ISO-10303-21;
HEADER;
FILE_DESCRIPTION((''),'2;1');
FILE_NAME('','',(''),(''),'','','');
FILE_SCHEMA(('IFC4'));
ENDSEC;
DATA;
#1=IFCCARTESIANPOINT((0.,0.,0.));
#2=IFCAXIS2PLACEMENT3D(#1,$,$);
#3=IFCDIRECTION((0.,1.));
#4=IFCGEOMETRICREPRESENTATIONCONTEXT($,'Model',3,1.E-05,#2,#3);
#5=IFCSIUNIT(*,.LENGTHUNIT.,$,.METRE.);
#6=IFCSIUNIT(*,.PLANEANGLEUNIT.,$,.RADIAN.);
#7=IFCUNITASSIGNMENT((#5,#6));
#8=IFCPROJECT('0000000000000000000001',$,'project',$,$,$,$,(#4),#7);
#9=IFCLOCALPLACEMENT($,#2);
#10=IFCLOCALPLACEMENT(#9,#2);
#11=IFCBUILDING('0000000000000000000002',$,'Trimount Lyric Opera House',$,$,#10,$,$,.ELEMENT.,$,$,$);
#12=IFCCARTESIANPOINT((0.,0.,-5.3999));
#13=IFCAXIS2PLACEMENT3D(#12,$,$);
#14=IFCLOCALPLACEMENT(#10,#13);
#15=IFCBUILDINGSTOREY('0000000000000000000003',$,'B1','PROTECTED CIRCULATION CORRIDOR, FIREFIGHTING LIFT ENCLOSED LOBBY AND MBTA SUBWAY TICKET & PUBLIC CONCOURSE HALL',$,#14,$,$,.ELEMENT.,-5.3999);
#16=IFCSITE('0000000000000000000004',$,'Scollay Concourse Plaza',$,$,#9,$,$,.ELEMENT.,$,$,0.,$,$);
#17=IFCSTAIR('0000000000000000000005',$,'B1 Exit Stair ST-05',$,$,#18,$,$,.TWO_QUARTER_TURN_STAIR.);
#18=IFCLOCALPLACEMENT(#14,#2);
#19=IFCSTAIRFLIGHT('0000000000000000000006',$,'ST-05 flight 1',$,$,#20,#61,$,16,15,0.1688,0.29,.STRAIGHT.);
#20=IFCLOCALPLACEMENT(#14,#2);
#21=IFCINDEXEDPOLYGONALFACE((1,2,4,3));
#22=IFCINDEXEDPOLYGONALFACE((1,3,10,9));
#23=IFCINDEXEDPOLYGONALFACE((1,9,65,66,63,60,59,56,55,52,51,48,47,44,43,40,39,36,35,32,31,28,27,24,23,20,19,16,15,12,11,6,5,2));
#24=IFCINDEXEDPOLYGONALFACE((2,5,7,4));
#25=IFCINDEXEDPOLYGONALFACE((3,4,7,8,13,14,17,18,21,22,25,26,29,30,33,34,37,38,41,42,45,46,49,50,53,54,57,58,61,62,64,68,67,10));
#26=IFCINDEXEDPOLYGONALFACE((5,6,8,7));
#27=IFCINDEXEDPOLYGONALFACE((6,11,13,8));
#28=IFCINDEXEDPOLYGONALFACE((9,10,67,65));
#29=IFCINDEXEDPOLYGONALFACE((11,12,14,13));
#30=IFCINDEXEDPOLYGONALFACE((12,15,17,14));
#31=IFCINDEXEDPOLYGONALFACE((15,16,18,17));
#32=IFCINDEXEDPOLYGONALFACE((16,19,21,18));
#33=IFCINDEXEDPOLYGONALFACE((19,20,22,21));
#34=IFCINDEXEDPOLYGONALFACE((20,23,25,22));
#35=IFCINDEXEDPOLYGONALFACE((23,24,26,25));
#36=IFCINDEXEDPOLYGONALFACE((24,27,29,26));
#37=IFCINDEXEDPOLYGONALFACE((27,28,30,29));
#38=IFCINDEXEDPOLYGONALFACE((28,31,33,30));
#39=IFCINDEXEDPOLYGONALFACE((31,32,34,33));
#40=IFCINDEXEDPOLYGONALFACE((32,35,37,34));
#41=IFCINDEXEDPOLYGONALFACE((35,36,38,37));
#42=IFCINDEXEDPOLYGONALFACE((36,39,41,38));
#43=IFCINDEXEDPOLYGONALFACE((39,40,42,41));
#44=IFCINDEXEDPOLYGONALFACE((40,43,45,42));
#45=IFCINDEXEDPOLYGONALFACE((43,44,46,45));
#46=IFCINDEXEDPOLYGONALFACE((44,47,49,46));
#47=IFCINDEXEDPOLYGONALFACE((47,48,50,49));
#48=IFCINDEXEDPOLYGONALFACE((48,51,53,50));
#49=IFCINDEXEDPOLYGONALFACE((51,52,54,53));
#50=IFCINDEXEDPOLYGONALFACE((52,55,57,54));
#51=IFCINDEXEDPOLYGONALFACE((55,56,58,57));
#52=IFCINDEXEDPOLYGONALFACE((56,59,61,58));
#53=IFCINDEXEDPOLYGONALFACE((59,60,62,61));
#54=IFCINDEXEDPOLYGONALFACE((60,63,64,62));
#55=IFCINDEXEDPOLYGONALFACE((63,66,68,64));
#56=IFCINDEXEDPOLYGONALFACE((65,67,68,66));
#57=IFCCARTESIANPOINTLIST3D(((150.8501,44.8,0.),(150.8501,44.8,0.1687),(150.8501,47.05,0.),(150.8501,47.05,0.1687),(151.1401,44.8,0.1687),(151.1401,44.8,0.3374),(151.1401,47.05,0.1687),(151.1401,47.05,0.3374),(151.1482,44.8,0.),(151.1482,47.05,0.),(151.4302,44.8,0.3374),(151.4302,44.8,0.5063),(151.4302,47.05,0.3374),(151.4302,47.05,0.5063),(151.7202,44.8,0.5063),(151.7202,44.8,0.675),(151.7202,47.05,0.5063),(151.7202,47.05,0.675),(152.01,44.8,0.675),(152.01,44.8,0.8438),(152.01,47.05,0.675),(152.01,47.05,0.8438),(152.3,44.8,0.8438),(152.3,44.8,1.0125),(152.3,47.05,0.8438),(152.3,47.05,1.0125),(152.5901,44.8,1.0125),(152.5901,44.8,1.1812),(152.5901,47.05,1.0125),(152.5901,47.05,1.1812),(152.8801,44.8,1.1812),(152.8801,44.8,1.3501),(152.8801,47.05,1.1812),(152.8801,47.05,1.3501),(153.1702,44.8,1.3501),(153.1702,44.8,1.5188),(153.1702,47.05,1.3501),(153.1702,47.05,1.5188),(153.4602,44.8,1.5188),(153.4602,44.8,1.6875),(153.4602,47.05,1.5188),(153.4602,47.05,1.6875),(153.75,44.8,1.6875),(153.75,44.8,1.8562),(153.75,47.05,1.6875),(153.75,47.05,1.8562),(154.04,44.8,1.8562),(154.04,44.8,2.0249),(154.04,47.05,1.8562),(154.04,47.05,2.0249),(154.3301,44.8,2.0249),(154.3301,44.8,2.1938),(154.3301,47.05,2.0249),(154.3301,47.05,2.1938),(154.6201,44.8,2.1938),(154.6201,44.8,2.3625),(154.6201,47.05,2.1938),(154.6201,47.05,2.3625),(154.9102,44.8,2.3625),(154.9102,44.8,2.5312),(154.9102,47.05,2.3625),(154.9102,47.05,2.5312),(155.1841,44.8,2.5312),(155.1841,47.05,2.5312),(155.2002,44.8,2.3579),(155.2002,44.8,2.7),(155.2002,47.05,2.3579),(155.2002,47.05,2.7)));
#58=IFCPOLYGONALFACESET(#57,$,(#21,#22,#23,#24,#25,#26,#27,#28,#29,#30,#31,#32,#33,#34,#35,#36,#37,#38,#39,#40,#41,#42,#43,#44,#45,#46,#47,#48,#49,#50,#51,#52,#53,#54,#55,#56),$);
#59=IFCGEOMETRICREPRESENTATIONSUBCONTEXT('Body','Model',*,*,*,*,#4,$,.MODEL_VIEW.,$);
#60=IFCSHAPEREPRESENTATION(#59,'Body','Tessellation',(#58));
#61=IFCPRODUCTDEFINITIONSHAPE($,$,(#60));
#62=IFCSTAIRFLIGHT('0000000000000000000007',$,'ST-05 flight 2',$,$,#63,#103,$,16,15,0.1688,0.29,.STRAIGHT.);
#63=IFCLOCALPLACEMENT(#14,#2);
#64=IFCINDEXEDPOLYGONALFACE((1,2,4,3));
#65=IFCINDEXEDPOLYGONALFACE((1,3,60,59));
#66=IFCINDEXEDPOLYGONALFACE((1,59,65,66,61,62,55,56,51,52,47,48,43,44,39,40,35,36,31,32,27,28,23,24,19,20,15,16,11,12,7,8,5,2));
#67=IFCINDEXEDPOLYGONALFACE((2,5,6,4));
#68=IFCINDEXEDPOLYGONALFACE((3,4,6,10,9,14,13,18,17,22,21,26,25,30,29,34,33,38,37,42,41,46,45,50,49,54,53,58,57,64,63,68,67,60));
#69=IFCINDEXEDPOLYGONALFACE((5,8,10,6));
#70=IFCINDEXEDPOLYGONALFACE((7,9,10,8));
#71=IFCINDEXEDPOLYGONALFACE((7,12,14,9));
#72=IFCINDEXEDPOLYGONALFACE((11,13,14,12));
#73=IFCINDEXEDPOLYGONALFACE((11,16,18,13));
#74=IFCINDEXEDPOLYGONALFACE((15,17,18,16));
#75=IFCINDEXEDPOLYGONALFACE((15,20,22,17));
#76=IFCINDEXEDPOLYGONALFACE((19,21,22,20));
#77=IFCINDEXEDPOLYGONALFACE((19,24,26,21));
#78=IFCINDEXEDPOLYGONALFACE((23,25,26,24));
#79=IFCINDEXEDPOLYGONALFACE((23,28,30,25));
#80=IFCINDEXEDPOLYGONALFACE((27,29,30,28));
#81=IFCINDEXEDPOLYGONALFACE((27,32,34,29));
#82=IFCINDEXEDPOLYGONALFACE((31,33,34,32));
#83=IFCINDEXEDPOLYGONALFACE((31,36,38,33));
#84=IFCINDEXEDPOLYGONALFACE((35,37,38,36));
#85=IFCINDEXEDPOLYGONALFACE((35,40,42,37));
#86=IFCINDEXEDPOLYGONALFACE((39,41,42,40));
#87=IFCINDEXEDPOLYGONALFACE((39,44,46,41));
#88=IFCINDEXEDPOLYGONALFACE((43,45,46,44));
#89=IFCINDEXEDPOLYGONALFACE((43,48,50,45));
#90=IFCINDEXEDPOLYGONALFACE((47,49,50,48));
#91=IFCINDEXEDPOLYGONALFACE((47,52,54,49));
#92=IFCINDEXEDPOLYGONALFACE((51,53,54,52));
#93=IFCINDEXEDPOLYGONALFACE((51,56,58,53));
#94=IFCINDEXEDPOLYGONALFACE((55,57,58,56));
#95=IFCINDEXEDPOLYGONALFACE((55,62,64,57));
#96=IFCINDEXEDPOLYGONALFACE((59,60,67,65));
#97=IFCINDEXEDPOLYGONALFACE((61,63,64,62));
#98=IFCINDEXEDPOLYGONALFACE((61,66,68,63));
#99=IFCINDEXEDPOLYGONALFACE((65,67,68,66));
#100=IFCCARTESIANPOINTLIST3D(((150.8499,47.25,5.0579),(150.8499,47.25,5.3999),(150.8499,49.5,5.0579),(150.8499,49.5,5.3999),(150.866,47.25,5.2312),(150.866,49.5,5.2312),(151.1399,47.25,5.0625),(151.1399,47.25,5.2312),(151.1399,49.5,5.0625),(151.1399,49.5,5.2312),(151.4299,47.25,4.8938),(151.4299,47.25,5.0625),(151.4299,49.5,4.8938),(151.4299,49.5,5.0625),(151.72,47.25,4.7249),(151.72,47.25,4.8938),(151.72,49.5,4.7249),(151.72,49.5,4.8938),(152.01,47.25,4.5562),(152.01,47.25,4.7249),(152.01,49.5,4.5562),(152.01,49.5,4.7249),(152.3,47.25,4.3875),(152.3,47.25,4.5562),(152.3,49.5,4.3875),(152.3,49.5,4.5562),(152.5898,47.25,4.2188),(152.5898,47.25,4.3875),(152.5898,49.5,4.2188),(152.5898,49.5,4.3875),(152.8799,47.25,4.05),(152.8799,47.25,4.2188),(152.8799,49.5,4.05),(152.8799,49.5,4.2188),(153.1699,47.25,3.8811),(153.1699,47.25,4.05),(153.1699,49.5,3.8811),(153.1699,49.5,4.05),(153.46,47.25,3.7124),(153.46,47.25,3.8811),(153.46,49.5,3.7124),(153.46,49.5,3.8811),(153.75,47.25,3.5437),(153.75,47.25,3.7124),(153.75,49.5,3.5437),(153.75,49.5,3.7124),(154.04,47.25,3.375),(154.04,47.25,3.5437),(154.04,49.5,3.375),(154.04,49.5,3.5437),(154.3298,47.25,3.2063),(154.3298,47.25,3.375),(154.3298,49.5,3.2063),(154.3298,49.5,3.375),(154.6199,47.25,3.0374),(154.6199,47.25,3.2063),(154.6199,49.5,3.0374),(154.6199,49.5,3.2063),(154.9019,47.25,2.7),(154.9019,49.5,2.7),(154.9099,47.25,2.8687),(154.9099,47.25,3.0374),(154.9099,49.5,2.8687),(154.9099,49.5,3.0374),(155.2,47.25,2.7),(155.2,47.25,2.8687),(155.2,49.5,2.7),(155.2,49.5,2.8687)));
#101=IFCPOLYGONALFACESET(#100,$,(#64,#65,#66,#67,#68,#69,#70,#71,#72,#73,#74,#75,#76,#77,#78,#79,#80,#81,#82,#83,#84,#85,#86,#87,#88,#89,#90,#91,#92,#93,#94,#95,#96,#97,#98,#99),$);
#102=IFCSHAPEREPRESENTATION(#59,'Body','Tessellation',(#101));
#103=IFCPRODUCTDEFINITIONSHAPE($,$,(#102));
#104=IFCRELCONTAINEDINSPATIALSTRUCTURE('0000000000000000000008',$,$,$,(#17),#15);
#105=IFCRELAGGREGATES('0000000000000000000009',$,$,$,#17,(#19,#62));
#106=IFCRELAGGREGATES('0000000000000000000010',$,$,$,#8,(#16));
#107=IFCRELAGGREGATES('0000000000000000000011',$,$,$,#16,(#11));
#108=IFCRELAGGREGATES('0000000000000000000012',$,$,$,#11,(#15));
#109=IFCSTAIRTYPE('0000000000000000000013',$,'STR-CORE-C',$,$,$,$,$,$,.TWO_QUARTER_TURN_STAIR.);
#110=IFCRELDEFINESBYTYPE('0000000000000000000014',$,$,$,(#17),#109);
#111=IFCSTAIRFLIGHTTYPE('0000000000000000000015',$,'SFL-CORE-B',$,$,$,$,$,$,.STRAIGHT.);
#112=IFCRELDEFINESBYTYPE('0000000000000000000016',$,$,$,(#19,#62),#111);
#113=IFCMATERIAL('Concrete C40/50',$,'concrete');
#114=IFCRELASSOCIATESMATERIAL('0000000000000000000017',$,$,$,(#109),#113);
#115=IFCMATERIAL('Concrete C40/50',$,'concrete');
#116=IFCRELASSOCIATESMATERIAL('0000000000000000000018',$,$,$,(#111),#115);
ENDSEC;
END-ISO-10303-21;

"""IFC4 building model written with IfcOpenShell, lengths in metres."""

from ifc_helpers import new_model, si_unit, direction, frame, origin, place, context, subcontext, project, spatial, polyline, outline, extrude, material, type_object, element, aggregate, save


model = new_model("IFC4")

# Units and contexts
model_context = context("Model", 3, precision=1e-05, world=origin(), true_north=direction((0.0, 1.0)))
body_context = subcontext(model_context, "Body", "Model", "MODEL_VIEW")
ifc_project = project(units=[si_unit("LENGTHUNIT", "METRE"), si_unit("PLANEANGLEUNIT", "RADIAN")], contexts=[model_context])

# Site, building, storey
site_placement = place(None, origin())
site = spatial("IfcSite", under=ifc_project, at=site_placement, Name="Scollay Concourse Plaza", CompositionType="ELEMENT", RefElevation=0.0)
building_placement = place(site_placement, origin())
building = spatial("IfcBuilding", under=site, at=building_placement, Name="Trimount Lyric Opera House", CompositionType="ELEMENT")
storey_placement = place(building_placement, frame((0.0, 0.0, -5.3999)))
storey = spatial("IfcBuildingStorey", under=building, at=storey_placement, Name="B1", Description="PROTECTED CIRCULATION CORRIDOR, FIREFIGHTING LIFT ENCLOSED LOBBY AND MBTA SUBWAY TICKET & PUBLIC CONCOURSE HALL", CompositionType="ELEMENT", Elevation=-5.3999)

# Stair, stair flights
ifc_material_1 = material(Name="Concrete C40/50", Category="concrete")
stair_type = type_object("IfcStairType", Name="STR-CORE-C", PredefinedType="TWO_QUARTER_TURN_STAIR", material=ifc_material_1)
stair_placement = place(storey_placement, origin())
stair = element("IfcStair", 1, at=stair_placement, inside=storey, type_object=stair_type, Name="B1 Exit Stair ST-05", PredefinedType="TWO_QUARTER_TURN_STAIR")
ifc_material_2 = material(Name="Concrete C40/50", Category="concrete")
stair_flight_type = type_object("IfcStairFlightType", Name="SFL-CORE-B", PredefinedType="STRAIGHT", material=ifc_material_2)
stair_flight_1_placement = place(storey_placement, frame((150.8501, 45.925, 0.0), z_axis=(0.0, 0.0, 1.0), x_axis=(1.0, 0.0, 0.0)))
stair_flight_1 = element("IfcStairFlight", 2, at=stair_flight_1_placement, type_object=stair_flight_type, Name="ST-05 flight 1", NumberOfRisers=16, NumberOfTreads=15, PredefinedType="STRAIGHT", RiserHeight=0.1688, TreadLength=0.29, context=body_context, shape_type="SweptSolid", body=[
    extrude(outline(polyline([(0.0, 0.0), (0.0, 0.1687), (0.29, 0.1687), (0.29, 0.3374), (0.5801, 0.3374), (0.5801, 0.5063), (0.8701, 0.5063), (0.8701, 0.675), (1.1599, 0.675), (1.1599, 0.8438), (1.45, 0.8438), (1.45, 1.0125), (1.74, 1.0125), (1.74, 1.1812), (2.03, 1.1812), (2.03, 1.3501), (2.3201, 1.3501), (2.3201, 1.5188), (2.6101, 1.5188), (2.6101, 1.6875), (2.8999, 1.6875), (2.8999, 1.8562), (3.1899, 1.8562), (3.1899, 2.0249), (3.48, 2.0249), (3.48, 2.1938), (3.77, 2.1938), (3.77, 2.3625), (4.0601, 2.3625), (4.0601, 2.5312), (4.334, 2.5312), (4.3501, 2.7), (4.3501, 2.3579), (0.2981, 0.0), (0.0, 0.0)])), frame((0.0, 1.125, 0.0), z_axis=(0.0, -1.0, 0.0), x_axis=(1.0, 0.0, 0.0)), (0.0, 0.0, 1.0), 2.25),
])
stair_flight_2_placement = place(storey_placement, frame((155.2, 48.375, 2.7), z_axis=(0.0, 0.0, 1.0), x_axis=(-1.0, 0.0, 0.0)))
stair_flight_2 = element("IfcStairFlight", 3, at=stair_flight_2_placement, type_object=stair_flight_type, Name="ST-05 flight 2", NumberOfRisers=16, NumberOfTreads=15, PredefinedType="STRAIGHT", RiserHeight=0.1688, TreadLength=0.29, context=body_context, shape_type="SweptSolid", body=[
    extrude(outline(polyline([(0.0, 0.0), (0.0, 0.1687), (0.29, 0.1687), (0.29, 0.3374), (0.5801, 0.3374), (0.5801, 0.5063), (0.8701, 0.5063), (0.8701, 0.675), (1.1599, 0.675), (1.1599, 0.8438), (1.45, 0.8438), (1.45, 1.0125), (1.74, 1.0125), (1.74, 1.1812), (2.03, 1.1812), (2.03, 1.3501), (2.3201, 1.3501), (2.3201, 1.5188), (2.6101, 1.5188), (2.6101, 1.6875), (2.8999, 1.6875), (2.8999, 1.8562), (3.1899, 1.8562), (3.1899, 2.0249), (3.48, 2.0249), (3.48, 2.1938), (3.77, 2.1938), (3.77, 2.3625), (4.0601, 2.3625), (4.0601, 2.5312), (4.334, 2.5312), (4.3501, 2.7), (4.3501, 2.3579), (0.2981, 0.0), (0.0, 0.0)])), frame((0.0, 1.125, 0.0), z_axis=(0.0, -1.0, 0.0), x_axis=(1.0, 0.0, 0.0)), (0.0, 0.0, 1.0), 2.25),
])
aggregate(stair, [stair_flight_1, stair_flight_2])

save(model, "model.ifc")
